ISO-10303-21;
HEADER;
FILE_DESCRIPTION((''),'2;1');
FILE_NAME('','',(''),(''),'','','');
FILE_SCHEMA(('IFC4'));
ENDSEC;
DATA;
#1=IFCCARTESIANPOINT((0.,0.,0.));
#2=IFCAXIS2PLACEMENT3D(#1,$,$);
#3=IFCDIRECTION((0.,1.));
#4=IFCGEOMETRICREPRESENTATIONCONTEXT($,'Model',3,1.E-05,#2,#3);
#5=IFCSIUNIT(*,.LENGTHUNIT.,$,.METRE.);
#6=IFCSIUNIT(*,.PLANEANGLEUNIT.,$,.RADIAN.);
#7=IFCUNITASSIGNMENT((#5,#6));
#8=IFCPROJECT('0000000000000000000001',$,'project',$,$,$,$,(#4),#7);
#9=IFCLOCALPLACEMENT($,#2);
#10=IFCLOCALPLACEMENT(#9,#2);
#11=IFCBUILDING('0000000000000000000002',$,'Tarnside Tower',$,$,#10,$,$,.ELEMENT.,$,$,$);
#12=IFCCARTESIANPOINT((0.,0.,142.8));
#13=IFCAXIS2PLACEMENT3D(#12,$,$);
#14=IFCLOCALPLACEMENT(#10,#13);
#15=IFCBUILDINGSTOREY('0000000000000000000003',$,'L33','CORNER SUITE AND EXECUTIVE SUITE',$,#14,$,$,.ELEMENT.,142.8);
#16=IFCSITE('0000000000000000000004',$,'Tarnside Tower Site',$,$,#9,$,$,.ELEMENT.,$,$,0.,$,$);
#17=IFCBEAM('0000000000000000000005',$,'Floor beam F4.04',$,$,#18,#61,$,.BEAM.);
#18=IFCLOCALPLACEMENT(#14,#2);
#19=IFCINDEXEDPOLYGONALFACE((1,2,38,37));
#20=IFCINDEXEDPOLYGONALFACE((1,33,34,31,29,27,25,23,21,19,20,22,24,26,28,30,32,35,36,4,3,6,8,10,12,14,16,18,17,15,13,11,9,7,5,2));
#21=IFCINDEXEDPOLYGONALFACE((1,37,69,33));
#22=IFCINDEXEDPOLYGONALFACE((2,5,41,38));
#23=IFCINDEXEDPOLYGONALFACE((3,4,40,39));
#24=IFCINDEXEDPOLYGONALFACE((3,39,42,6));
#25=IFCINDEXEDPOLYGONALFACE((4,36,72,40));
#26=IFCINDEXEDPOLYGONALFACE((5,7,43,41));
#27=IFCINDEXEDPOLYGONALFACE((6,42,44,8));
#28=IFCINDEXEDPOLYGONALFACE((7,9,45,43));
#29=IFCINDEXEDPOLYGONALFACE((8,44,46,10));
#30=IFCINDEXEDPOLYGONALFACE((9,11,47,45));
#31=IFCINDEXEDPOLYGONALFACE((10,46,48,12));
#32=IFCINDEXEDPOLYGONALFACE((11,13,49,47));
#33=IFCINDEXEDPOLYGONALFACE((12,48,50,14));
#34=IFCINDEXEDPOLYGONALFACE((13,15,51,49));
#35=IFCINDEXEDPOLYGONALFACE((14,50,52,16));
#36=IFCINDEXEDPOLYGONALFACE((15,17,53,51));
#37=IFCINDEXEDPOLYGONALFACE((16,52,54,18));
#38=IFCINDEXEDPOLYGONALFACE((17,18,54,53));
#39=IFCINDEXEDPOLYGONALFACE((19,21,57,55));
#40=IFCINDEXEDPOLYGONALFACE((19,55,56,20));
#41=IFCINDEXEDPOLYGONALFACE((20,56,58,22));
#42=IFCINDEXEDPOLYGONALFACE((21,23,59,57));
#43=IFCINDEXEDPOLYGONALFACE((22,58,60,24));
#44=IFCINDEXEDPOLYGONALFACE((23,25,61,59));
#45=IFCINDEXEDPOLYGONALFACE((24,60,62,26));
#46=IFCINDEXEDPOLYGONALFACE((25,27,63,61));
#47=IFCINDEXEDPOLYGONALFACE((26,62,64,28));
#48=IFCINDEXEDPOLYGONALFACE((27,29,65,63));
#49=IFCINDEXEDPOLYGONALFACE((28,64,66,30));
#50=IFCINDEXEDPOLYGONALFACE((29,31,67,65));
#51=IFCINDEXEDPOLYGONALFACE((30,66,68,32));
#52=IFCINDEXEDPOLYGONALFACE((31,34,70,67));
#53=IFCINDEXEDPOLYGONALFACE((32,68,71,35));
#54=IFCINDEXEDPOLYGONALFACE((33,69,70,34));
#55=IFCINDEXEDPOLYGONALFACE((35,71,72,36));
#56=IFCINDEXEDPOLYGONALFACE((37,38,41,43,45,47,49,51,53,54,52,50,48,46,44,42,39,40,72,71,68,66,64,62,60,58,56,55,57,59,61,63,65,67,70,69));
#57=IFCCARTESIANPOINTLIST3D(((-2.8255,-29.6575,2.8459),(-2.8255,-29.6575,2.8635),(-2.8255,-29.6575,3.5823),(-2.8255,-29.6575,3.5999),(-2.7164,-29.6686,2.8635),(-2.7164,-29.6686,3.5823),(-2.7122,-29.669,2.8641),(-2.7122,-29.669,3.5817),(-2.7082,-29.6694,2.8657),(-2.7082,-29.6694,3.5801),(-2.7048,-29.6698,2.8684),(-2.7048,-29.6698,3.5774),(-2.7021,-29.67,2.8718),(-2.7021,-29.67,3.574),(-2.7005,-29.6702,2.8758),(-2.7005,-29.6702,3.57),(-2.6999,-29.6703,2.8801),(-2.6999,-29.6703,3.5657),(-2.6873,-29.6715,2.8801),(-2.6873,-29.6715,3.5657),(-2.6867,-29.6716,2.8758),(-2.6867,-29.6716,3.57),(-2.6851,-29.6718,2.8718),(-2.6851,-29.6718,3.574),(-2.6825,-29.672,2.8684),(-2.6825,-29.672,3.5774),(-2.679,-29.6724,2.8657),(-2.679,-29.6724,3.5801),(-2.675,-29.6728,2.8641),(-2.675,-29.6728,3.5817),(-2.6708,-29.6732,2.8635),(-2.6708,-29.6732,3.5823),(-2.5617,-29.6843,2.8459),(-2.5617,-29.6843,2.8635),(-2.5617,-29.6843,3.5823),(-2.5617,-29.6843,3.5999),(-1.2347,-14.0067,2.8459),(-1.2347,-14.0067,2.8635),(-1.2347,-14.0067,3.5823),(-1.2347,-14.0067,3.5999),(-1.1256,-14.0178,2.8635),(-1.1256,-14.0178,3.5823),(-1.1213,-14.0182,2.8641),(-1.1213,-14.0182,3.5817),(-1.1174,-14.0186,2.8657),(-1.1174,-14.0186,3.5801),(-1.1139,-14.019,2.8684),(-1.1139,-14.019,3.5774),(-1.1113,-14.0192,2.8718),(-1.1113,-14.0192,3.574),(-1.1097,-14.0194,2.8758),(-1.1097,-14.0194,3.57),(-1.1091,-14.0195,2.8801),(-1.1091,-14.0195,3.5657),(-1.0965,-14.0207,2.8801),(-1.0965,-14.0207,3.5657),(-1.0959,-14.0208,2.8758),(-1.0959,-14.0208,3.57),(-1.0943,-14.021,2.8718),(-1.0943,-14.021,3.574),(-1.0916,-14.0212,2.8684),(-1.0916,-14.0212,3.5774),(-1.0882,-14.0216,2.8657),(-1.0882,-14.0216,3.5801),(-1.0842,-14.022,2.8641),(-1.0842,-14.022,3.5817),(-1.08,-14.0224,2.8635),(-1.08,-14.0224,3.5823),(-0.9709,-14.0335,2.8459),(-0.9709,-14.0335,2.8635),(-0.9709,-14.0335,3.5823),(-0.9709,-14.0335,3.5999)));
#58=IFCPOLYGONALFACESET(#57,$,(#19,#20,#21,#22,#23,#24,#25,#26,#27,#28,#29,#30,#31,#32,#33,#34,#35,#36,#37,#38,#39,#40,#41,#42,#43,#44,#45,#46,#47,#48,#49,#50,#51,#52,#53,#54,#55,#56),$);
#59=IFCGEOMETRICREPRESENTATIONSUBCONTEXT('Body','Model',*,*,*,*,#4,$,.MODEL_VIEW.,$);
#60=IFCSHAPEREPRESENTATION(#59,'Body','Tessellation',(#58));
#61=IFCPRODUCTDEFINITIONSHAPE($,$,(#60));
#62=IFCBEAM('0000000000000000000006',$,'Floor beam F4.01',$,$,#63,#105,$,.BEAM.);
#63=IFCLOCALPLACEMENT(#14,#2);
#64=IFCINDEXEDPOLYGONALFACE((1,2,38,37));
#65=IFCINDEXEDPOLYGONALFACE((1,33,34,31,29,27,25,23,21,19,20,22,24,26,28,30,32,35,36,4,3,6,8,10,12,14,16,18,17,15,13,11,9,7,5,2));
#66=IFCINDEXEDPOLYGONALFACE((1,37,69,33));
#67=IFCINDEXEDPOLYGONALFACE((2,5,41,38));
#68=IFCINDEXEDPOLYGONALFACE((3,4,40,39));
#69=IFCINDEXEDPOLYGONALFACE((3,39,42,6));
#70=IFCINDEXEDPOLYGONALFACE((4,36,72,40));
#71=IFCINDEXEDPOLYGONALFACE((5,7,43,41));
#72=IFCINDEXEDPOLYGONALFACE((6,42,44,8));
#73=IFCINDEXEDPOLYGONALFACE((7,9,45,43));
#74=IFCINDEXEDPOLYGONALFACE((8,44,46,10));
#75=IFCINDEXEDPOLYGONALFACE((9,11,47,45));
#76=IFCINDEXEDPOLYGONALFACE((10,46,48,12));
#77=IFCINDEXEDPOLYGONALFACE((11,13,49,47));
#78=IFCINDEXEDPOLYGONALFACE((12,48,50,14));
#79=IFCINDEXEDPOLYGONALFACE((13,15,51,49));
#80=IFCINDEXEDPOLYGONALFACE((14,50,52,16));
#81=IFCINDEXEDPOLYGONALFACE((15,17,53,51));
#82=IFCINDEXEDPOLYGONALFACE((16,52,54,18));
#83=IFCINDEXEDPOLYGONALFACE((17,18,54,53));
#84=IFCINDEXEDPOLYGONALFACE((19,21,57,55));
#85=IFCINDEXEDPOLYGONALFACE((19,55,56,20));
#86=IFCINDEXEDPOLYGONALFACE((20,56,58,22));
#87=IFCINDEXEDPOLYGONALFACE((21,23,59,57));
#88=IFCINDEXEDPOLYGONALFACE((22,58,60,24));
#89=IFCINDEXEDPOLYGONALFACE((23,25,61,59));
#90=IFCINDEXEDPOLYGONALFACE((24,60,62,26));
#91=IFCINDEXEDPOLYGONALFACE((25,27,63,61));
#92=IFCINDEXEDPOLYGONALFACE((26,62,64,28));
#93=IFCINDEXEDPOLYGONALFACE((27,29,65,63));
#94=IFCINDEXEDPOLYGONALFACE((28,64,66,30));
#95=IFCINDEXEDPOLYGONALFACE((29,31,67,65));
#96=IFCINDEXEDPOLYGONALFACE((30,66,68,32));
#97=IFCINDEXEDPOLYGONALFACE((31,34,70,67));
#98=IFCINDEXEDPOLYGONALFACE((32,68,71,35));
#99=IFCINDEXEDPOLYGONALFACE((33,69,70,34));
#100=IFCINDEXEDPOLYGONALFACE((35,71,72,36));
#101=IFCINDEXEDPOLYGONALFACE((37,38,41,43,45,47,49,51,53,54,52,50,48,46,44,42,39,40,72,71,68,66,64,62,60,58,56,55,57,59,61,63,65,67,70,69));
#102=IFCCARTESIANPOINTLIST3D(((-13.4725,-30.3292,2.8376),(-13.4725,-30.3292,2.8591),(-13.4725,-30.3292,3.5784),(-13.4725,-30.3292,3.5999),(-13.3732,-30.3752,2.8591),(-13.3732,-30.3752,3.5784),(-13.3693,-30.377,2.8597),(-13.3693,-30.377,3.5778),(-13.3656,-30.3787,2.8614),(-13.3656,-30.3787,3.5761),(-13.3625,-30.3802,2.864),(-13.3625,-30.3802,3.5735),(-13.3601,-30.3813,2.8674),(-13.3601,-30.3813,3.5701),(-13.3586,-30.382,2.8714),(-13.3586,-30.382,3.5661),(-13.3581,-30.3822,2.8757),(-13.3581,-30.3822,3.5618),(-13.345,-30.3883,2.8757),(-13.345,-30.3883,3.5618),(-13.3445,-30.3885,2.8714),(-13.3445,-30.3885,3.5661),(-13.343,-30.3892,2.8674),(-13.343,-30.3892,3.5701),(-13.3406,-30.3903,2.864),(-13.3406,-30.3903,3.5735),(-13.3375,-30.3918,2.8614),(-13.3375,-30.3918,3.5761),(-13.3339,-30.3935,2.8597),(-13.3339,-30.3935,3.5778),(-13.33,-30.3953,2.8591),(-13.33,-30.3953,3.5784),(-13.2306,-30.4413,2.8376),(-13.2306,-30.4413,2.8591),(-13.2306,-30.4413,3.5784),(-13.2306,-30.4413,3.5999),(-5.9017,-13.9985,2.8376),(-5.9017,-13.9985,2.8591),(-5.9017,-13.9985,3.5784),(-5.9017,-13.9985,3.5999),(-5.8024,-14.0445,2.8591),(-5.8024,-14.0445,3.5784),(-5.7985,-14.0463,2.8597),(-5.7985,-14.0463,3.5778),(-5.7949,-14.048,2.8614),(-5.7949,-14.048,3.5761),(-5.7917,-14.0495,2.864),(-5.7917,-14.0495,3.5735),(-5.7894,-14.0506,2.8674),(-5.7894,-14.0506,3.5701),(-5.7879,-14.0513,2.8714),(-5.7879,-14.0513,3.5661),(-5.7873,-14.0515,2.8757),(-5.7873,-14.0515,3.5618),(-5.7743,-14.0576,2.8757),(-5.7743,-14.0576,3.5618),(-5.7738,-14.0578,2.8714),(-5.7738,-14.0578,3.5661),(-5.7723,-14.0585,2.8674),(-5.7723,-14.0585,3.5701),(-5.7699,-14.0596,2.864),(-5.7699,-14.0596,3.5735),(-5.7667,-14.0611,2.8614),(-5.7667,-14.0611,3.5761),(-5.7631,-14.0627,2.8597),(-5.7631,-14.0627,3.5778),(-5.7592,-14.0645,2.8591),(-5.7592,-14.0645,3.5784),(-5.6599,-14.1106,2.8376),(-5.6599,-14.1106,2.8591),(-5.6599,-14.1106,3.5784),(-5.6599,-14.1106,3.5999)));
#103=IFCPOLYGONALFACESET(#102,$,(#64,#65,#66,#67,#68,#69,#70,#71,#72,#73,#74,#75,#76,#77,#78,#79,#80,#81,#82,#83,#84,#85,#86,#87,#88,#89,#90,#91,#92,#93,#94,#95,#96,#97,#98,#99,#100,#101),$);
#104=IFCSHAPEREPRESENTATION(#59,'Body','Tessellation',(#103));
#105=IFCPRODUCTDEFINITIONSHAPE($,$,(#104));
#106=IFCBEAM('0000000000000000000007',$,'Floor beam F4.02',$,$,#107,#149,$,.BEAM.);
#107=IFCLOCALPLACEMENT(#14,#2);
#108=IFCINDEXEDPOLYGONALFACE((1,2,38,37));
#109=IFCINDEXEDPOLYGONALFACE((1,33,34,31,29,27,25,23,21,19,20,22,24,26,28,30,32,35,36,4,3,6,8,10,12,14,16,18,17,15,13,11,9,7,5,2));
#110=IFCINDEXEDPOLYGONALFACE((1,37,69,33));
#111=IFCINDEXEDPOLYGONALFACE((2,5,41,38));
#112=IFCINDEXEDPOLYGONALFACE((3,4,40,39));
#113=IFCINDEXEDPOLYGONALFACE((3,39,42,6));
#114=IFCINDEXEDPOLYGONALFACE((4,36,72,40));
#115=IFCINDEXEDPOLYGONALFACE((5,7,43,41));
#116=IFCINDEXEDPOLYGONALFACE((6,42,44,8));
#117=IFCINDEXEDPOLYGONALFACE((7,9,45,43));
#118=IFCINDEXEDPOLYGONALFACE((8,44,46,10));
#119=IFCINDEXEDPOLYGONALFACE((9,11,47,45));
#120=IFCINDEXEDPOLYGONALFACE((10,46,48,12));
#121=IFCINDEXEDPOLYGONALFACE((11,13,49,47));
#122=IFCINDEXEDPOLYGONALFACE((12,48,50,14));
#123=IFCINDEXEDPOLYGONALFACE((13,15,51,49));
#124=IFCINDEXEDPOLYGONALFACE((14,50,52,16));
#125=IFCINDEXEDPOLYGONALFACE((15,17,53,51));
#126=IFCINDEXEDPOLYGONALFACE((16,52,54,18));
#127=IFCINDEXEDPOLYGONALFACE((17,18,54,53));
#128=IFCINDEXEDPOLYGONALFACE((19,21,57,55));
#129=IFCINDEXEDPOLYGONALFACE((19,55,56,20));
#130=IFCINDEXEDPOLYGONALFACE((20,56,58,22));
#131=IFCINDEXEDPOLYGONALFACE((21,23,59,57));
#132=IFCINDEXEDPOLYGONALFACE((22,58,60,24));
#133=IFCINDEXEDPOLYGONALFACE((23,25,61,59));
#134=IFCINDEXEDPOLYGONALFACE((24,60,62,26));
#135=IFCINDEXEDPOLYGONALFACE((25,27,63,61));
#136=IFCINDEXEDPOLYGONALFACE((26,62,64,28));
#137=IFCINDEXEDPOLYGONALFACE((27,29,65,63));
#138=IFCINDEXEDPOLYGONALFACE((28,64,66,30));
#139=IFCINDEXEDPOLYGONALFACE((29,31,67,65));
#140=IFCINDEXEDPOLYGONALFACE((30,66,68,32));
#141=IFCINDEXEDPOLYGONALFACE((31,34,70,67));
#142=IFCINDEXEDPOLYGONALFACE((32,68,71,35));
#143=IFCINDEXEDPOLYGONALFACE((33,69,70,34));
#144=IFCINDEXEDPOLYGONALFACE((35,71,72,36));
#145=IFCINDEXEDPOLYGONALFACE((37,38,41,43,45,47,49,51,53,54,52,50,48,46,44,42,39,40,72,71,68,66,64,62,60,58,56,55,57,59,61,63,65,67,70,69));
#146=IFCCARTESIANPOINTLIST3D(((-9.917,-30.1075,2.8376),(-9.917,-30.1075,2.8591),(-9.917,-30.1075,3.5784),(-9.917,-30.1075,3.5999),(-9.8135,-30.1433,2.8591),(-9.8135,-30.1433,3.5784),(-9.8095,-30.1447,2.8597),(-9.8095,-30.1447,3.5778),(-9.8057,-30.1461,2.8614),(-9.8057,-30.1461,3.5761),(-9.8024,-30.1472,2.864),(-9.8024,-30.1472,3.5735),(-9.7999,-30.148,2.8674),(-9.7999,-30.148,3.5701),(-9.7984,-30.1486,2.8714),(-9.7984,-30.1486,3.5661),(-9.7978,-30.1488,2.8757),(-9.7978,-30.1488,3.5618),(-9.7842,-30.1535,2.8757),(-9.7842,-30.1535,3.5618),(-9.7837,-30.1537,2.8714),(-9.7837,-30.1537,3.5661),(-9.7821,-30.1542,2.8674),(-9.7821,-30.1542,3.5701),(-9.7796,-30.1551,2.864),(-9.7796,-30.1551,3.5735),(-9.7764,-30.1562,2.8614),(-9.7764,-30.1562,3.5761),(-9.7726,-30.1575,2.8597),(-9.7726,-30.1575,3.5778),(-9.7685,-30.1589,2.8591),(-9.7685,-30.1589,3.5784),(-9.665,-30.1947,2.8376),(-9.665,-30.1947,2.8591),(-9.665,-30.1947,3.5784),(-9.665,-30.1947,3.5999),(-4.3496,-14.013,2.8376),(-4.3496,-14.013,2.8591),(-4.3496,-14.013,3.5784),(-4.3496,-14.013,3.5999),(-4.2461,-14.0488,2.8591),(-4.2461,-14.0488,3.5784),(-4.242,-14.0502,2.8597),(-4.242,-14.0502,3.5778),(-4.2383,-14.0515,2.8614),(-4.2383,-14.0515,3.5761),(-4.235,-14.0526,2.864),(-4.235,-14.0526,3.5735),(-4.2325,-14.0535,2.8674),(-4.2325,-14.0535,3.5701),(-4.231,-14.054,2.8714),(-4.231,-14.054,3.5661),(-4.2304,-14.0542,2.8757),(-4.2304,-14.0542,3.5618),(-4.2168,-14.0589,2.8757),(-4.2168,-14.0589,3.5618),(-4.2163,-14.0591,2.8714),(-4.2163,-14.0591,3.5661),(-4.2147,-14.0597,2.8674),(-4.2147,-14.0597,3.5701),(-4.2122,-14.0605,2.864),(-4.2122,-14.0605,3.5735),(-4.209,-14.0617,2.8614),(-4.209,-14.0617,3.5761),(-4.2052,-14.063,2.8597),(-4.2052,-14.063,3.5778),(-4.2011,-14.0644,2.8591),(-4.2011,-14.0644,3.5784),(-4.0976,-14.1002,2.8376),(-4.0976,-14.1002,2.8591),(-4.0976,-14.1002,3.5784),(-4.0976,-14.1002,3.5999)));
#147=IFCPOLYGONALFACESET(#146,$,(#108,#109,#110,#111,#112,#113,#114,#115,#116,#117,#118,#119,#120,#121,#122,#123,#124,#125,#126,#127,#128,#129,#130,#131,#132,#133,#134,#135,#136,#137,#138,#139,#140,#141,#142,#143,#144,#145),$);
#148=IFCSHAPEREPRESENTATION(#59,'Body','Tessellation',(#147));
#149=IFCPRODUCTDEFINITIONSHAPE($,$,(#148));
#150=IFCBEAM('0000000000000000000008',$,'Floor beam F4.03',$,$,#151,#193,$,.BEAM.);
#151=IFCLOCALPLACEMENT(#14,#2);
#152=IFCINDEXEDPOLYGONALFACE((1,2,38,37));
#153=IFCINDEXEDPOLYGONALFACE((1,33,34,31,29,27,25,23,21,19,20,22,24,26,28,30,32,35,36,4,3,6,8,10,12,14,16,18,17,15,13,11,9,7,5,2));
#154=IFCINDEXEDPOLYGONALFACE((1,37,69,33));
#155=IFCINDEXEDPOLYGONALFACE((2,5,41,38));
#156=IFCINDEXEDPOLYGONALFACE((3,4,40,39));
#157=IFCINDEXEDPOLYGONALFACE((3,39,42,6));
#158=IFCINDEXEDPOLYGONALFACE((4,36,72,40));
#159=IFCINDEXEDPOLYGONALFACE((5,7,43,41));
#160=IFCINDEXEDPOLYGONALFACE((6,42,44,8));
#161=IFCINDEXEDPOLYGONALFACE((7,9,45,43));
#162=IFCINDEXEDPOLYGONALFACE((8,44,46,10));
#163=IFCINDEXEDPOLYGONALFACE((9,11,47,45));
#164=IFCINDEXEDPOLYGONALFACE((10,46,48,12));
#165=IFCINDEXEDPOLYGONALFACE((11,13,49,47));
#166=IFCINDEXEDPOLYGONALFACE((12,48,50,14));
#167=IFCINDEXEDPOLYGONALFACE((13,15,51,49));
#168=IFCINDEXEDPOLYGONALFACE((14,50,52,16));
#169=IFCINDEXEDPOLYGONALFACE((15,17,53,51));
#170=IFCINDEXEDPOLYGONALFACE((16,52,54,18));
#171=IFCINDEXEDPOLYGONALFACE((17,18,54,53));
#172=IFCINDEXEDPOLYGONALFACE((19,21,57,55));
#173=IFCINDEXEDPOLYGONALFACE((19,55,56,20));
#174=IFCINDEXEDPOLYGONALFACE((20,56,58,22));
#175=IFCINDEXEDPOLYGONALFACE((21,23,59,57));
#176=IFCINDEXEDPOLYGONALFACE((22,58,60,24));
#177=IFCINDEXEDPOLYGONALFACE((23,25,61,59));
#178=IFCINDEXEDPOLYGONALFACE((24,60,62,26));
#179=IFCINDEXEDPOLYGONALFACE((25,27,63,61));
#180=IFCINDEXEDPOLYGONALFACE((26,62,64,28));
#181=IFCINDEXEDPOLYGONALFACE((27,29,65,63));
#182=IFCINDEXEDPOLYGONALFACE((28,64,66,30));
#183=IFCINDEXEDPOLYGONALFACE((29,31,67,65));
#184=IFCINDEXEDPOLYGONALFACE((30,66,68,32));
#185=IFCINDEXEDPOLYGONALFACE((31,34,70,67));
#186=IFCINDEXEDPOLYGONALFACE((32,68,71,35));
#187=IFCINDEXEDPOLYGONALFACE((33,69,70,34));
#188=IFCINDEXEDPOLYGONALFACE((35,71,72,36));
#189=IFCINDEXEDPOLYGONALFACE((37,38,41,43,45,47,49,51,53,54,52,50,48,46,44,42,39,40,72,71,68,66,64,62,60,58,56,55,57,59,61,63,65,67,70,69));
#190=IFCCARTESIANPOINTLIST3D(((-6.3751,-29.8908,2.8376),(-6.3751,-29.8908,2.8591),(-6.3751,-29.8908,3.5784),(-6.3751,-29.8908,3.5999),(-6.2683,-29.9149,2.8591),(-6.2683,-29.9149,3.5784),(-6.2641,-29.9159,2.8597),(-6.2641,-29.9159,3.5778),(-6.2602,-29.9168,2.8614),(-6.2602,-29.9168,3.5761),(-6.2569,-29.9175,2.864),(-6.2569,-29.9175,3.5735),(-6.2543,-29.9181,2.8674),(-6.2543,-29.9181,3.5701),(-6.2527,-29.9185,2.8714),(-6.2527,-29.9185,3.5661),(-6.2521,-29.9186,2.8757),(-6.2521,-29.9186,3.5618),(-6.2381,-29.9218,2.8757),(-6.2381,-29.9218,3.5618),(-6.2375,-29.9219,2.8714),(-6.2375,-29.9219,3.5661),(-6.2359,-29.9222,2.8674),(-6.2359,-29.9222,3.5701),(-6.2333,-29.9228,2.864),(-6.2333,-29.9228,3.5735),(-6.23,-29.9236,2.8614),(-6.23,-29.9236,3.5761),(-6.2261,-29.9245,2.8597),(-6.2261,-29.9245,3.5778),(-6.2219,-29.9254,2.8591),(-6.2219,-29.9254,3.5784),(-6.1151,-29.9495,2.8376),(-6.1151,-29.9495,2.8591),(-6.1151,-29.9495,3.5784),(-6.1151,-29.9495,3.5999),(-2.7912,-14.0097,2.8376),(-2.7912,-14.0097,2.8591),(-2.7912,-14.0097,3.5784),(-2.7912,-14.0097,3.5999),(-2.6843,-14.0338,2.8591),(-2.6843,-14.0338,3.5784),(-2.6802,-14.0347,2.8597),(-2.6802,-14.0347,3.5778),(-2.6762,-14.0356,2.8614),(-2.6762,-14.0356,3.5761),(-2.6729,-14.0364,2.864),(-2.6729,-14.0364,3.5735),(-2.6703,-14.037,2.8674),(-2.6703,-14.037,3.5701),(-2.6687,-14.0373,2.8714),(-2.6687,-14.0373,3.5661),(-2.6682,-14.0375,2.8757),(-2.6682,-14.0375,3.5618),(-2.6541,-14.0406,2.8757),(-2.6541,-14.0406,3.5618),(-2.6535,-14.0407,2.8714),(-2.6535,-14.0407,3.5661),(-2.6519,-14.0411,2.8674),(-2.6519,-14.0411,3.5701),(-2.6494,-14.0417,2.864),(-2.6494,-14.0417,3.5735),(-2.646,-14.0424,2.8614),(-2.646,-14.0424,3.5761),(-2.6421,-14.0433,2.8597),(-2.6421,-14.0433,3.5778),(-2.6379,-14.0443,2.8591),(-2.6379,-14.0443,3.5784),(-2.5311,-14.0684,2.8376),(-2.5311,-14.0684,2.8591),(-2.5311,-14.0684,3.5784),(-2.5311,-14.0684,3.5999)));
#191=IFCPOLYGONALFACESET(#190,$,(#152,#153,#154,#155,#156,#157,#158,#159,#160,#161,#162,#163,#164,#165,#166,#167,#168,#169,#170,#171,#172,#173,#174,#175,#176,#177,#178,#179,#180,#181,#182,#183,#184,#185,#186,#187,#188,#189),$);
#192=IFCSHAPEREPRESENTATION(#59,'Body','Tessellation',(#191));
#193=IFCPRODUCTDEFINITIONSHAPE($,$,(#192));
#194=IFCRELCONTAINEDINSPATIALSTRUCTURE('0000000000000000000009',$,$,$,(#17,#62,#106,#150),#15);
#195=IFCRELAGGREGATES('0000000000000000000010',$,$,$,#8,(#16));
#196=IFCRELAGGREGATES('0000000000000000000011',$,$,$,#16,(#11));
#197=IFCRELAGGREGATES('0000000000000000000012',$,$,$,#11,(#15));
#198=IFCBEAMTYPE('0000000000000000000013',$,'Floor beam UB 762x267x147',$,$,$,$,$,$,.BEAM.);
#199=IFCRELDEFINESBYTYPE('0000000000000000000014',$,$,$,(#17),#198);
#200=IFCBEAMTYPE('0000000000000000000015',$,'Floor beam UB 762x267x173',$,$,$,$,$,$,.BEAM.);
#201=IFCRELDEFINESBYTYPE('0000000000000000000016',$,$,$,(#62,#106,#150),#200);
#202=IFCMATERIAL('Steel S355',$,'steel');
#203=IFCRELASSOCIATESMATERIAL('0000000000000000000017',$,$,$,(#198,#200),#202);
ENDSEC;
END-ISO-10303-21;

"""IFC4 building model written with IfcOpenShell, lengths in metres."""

from ifc_helpers import new_model, si_unit, direction, frame, origin, origin_2d, place, context, subcontext, project, spatial, i_section, extrude, material, material_profile, profile_set, type_object, element, save


model = new_model("IFC4")

# Units and contexts
model_context = context("Model", 3, precision=1e-05, world=origin(), true_north=direction((0.0, 1.0)))
body_context = subcontext(model_context, "Body", "Model", "MODEL_VIEW")
ifc_project = project(units=[si_unit("LENGTHUNIT", "METRE"), si_unit("PLANEANGLEUNIT", "RADIAN")], contexts=[model_context])

# Site, building, storey
site_placement = place(None, origin())
site = spatial("IfcSite", under=ifc_project, at=site_placement, Name="Tarnside Tower Site", CompositionType="ELEMENT", RefElevation=0.0)
building_placement = place(site_placement, origin())
building = spatial("IfcBuilding", under=site, at=building_placement, Name="Tarnside Tower", CompositionType="ELEMENT")
storey_placement = place(building_placement, frame((0.0, 0.0, 142.8)))
storey = spatial("IfcBuildingStorey", under=building, at=storey_placement, Name="L33", Description="CORNER SUITE AND EXECUTIVE SUITE", CompositionType="ELEMENT", Elevation=142.8)

# Beams
ifc_material_1 = material(Name="Steel S355", Category="steel")
ifc_material_profile_1 = material_profile(ifc_material_1, i_section(OverallWidth=0.2651, OverallDepth=0.7539, WebThickness=0.0127, FlangeThickness=0.0176, FilletRadius=0.0166, at=origin_2d()), Name="UB 762x267x147")
ifc_profile_set_1 = profile_set([ifc_material_profile_1], Name="Steel S355")
beam_type_1 = type_object("IfcBeamType", Name="Floor beam UB 762x267x147", PredefinedType="BEAM", material=ifc_profile_set_1)
beam_1_placement = place(storey_placement, frame((-2.6936, -29.6709, 3.2229), z_axis=(0.101123, 0.994874, 0.0), x_axis=(-0.994874, 0.101123, 0.0)))
element("IfcBeam", 1, at=beam_1_placement, inside=storey, type_object=beam_type_1, Name="Floor beam F4.04", PredefinedType="BEAM", context=body_context, shape_type="SweptSolid", body=[
    extrude(i_section(OverallWidth=0.2651, OverallDepth=0.7539, WebThickness=0.0127, FlangeThickness=0.0176, FilletRadius=0.0166, at=origin_2d()), origin(), (0.0, 0.0, 1.0), 15.7314),
])
ifc_material_profile_2 = material_profile(ifc_material_1, i_section(OverallWidth=0.2666, OverallDepth=0.7622, WebThickness=0.0144, FlangeThickness=0.0215, FilletRadius=0.0166, at=origin_2d()), Name="UB 762x267x173")
ifc_profile_set_2 = profile_set([ifc_material_profile_2], Name="Steel S355")
beam_type_2 = type_object("IfcBeamType", Name="Floor beam UB 762x267x173", PredefinedType="BEAM", material=ifc_profile_set_2)
beam_2_placement = place(storey_placement, frame((-13.3516, -30.3853, 3.2188), z_axis=(0.420592, 0.90725, 0.0), x_axis=(-0.90725, 0.420592, 0.0)))
element("IfcBeam", 2, at=beam_2_placement, inside=storey, type_object=beam_type_2, Name="Floor beam F4.01", PredefinedType="BEAM", context=body_context, shape_type="SweptSolid", body=[
    extrude(i_section(OverallWidth=0.2666, OverallDepth=0.7622, WebThickness=0.0144, FlangeThickness=0.0215, FilletRadius=0.0166, at=origin_2d()), origin(), (0.0, 0.0, 1.0), 18.0002),
])
beam_3_placement = place(storey_placement, frame((-9.791, -30.1511, 3.2188), z_axis=(0.326912, 0.945055, 0.0), x_axis=(-0.945055, 0.326912, 0.0)))
element("IfcBeam", 3, at=beam_3_placement, inside=storey, type_object=beam_type_2, Name="Floor beam F4.02", PredefinedType="BEAM", context=body_context, shape_type="SweptSolid", body=[
    extrude(i_section(OverallWidth=0.2666, OverallDepth=0.7622, WebThickness=0.0144, FlangeThickness=0.0215, FilletRadius=0.0166, at=origin_2d()), origin(), (0.0, 0.0, 1.0), 17.0303),
])
beam_4_placement = place(storey_placement, frame((-6.2451, -29.9202, 3.2188), z_axis=(0.22014, 0.975468, 0.0), x_axis=(-0.975468, 0.22014, 0.0)))
element("IfcBeam", 4, at=beam_4_placement, inside=storey, type_object=beam_type_2, Name="Floor beam F4.03", PredefinedType="BEAM", context=body_context, shape_type="SweptSolid", body=[
    extrude(i_section(OverallWidth=0.2666, OverallDepth=0.7622, WebThickness=0.0144, FlangeThickness=0.0215, FilletRadius=0.0166, at=origin_2d()), origin(), (0.0, 0.0, 1.0), 16.2805),
])

save(model, "model.ifc")
